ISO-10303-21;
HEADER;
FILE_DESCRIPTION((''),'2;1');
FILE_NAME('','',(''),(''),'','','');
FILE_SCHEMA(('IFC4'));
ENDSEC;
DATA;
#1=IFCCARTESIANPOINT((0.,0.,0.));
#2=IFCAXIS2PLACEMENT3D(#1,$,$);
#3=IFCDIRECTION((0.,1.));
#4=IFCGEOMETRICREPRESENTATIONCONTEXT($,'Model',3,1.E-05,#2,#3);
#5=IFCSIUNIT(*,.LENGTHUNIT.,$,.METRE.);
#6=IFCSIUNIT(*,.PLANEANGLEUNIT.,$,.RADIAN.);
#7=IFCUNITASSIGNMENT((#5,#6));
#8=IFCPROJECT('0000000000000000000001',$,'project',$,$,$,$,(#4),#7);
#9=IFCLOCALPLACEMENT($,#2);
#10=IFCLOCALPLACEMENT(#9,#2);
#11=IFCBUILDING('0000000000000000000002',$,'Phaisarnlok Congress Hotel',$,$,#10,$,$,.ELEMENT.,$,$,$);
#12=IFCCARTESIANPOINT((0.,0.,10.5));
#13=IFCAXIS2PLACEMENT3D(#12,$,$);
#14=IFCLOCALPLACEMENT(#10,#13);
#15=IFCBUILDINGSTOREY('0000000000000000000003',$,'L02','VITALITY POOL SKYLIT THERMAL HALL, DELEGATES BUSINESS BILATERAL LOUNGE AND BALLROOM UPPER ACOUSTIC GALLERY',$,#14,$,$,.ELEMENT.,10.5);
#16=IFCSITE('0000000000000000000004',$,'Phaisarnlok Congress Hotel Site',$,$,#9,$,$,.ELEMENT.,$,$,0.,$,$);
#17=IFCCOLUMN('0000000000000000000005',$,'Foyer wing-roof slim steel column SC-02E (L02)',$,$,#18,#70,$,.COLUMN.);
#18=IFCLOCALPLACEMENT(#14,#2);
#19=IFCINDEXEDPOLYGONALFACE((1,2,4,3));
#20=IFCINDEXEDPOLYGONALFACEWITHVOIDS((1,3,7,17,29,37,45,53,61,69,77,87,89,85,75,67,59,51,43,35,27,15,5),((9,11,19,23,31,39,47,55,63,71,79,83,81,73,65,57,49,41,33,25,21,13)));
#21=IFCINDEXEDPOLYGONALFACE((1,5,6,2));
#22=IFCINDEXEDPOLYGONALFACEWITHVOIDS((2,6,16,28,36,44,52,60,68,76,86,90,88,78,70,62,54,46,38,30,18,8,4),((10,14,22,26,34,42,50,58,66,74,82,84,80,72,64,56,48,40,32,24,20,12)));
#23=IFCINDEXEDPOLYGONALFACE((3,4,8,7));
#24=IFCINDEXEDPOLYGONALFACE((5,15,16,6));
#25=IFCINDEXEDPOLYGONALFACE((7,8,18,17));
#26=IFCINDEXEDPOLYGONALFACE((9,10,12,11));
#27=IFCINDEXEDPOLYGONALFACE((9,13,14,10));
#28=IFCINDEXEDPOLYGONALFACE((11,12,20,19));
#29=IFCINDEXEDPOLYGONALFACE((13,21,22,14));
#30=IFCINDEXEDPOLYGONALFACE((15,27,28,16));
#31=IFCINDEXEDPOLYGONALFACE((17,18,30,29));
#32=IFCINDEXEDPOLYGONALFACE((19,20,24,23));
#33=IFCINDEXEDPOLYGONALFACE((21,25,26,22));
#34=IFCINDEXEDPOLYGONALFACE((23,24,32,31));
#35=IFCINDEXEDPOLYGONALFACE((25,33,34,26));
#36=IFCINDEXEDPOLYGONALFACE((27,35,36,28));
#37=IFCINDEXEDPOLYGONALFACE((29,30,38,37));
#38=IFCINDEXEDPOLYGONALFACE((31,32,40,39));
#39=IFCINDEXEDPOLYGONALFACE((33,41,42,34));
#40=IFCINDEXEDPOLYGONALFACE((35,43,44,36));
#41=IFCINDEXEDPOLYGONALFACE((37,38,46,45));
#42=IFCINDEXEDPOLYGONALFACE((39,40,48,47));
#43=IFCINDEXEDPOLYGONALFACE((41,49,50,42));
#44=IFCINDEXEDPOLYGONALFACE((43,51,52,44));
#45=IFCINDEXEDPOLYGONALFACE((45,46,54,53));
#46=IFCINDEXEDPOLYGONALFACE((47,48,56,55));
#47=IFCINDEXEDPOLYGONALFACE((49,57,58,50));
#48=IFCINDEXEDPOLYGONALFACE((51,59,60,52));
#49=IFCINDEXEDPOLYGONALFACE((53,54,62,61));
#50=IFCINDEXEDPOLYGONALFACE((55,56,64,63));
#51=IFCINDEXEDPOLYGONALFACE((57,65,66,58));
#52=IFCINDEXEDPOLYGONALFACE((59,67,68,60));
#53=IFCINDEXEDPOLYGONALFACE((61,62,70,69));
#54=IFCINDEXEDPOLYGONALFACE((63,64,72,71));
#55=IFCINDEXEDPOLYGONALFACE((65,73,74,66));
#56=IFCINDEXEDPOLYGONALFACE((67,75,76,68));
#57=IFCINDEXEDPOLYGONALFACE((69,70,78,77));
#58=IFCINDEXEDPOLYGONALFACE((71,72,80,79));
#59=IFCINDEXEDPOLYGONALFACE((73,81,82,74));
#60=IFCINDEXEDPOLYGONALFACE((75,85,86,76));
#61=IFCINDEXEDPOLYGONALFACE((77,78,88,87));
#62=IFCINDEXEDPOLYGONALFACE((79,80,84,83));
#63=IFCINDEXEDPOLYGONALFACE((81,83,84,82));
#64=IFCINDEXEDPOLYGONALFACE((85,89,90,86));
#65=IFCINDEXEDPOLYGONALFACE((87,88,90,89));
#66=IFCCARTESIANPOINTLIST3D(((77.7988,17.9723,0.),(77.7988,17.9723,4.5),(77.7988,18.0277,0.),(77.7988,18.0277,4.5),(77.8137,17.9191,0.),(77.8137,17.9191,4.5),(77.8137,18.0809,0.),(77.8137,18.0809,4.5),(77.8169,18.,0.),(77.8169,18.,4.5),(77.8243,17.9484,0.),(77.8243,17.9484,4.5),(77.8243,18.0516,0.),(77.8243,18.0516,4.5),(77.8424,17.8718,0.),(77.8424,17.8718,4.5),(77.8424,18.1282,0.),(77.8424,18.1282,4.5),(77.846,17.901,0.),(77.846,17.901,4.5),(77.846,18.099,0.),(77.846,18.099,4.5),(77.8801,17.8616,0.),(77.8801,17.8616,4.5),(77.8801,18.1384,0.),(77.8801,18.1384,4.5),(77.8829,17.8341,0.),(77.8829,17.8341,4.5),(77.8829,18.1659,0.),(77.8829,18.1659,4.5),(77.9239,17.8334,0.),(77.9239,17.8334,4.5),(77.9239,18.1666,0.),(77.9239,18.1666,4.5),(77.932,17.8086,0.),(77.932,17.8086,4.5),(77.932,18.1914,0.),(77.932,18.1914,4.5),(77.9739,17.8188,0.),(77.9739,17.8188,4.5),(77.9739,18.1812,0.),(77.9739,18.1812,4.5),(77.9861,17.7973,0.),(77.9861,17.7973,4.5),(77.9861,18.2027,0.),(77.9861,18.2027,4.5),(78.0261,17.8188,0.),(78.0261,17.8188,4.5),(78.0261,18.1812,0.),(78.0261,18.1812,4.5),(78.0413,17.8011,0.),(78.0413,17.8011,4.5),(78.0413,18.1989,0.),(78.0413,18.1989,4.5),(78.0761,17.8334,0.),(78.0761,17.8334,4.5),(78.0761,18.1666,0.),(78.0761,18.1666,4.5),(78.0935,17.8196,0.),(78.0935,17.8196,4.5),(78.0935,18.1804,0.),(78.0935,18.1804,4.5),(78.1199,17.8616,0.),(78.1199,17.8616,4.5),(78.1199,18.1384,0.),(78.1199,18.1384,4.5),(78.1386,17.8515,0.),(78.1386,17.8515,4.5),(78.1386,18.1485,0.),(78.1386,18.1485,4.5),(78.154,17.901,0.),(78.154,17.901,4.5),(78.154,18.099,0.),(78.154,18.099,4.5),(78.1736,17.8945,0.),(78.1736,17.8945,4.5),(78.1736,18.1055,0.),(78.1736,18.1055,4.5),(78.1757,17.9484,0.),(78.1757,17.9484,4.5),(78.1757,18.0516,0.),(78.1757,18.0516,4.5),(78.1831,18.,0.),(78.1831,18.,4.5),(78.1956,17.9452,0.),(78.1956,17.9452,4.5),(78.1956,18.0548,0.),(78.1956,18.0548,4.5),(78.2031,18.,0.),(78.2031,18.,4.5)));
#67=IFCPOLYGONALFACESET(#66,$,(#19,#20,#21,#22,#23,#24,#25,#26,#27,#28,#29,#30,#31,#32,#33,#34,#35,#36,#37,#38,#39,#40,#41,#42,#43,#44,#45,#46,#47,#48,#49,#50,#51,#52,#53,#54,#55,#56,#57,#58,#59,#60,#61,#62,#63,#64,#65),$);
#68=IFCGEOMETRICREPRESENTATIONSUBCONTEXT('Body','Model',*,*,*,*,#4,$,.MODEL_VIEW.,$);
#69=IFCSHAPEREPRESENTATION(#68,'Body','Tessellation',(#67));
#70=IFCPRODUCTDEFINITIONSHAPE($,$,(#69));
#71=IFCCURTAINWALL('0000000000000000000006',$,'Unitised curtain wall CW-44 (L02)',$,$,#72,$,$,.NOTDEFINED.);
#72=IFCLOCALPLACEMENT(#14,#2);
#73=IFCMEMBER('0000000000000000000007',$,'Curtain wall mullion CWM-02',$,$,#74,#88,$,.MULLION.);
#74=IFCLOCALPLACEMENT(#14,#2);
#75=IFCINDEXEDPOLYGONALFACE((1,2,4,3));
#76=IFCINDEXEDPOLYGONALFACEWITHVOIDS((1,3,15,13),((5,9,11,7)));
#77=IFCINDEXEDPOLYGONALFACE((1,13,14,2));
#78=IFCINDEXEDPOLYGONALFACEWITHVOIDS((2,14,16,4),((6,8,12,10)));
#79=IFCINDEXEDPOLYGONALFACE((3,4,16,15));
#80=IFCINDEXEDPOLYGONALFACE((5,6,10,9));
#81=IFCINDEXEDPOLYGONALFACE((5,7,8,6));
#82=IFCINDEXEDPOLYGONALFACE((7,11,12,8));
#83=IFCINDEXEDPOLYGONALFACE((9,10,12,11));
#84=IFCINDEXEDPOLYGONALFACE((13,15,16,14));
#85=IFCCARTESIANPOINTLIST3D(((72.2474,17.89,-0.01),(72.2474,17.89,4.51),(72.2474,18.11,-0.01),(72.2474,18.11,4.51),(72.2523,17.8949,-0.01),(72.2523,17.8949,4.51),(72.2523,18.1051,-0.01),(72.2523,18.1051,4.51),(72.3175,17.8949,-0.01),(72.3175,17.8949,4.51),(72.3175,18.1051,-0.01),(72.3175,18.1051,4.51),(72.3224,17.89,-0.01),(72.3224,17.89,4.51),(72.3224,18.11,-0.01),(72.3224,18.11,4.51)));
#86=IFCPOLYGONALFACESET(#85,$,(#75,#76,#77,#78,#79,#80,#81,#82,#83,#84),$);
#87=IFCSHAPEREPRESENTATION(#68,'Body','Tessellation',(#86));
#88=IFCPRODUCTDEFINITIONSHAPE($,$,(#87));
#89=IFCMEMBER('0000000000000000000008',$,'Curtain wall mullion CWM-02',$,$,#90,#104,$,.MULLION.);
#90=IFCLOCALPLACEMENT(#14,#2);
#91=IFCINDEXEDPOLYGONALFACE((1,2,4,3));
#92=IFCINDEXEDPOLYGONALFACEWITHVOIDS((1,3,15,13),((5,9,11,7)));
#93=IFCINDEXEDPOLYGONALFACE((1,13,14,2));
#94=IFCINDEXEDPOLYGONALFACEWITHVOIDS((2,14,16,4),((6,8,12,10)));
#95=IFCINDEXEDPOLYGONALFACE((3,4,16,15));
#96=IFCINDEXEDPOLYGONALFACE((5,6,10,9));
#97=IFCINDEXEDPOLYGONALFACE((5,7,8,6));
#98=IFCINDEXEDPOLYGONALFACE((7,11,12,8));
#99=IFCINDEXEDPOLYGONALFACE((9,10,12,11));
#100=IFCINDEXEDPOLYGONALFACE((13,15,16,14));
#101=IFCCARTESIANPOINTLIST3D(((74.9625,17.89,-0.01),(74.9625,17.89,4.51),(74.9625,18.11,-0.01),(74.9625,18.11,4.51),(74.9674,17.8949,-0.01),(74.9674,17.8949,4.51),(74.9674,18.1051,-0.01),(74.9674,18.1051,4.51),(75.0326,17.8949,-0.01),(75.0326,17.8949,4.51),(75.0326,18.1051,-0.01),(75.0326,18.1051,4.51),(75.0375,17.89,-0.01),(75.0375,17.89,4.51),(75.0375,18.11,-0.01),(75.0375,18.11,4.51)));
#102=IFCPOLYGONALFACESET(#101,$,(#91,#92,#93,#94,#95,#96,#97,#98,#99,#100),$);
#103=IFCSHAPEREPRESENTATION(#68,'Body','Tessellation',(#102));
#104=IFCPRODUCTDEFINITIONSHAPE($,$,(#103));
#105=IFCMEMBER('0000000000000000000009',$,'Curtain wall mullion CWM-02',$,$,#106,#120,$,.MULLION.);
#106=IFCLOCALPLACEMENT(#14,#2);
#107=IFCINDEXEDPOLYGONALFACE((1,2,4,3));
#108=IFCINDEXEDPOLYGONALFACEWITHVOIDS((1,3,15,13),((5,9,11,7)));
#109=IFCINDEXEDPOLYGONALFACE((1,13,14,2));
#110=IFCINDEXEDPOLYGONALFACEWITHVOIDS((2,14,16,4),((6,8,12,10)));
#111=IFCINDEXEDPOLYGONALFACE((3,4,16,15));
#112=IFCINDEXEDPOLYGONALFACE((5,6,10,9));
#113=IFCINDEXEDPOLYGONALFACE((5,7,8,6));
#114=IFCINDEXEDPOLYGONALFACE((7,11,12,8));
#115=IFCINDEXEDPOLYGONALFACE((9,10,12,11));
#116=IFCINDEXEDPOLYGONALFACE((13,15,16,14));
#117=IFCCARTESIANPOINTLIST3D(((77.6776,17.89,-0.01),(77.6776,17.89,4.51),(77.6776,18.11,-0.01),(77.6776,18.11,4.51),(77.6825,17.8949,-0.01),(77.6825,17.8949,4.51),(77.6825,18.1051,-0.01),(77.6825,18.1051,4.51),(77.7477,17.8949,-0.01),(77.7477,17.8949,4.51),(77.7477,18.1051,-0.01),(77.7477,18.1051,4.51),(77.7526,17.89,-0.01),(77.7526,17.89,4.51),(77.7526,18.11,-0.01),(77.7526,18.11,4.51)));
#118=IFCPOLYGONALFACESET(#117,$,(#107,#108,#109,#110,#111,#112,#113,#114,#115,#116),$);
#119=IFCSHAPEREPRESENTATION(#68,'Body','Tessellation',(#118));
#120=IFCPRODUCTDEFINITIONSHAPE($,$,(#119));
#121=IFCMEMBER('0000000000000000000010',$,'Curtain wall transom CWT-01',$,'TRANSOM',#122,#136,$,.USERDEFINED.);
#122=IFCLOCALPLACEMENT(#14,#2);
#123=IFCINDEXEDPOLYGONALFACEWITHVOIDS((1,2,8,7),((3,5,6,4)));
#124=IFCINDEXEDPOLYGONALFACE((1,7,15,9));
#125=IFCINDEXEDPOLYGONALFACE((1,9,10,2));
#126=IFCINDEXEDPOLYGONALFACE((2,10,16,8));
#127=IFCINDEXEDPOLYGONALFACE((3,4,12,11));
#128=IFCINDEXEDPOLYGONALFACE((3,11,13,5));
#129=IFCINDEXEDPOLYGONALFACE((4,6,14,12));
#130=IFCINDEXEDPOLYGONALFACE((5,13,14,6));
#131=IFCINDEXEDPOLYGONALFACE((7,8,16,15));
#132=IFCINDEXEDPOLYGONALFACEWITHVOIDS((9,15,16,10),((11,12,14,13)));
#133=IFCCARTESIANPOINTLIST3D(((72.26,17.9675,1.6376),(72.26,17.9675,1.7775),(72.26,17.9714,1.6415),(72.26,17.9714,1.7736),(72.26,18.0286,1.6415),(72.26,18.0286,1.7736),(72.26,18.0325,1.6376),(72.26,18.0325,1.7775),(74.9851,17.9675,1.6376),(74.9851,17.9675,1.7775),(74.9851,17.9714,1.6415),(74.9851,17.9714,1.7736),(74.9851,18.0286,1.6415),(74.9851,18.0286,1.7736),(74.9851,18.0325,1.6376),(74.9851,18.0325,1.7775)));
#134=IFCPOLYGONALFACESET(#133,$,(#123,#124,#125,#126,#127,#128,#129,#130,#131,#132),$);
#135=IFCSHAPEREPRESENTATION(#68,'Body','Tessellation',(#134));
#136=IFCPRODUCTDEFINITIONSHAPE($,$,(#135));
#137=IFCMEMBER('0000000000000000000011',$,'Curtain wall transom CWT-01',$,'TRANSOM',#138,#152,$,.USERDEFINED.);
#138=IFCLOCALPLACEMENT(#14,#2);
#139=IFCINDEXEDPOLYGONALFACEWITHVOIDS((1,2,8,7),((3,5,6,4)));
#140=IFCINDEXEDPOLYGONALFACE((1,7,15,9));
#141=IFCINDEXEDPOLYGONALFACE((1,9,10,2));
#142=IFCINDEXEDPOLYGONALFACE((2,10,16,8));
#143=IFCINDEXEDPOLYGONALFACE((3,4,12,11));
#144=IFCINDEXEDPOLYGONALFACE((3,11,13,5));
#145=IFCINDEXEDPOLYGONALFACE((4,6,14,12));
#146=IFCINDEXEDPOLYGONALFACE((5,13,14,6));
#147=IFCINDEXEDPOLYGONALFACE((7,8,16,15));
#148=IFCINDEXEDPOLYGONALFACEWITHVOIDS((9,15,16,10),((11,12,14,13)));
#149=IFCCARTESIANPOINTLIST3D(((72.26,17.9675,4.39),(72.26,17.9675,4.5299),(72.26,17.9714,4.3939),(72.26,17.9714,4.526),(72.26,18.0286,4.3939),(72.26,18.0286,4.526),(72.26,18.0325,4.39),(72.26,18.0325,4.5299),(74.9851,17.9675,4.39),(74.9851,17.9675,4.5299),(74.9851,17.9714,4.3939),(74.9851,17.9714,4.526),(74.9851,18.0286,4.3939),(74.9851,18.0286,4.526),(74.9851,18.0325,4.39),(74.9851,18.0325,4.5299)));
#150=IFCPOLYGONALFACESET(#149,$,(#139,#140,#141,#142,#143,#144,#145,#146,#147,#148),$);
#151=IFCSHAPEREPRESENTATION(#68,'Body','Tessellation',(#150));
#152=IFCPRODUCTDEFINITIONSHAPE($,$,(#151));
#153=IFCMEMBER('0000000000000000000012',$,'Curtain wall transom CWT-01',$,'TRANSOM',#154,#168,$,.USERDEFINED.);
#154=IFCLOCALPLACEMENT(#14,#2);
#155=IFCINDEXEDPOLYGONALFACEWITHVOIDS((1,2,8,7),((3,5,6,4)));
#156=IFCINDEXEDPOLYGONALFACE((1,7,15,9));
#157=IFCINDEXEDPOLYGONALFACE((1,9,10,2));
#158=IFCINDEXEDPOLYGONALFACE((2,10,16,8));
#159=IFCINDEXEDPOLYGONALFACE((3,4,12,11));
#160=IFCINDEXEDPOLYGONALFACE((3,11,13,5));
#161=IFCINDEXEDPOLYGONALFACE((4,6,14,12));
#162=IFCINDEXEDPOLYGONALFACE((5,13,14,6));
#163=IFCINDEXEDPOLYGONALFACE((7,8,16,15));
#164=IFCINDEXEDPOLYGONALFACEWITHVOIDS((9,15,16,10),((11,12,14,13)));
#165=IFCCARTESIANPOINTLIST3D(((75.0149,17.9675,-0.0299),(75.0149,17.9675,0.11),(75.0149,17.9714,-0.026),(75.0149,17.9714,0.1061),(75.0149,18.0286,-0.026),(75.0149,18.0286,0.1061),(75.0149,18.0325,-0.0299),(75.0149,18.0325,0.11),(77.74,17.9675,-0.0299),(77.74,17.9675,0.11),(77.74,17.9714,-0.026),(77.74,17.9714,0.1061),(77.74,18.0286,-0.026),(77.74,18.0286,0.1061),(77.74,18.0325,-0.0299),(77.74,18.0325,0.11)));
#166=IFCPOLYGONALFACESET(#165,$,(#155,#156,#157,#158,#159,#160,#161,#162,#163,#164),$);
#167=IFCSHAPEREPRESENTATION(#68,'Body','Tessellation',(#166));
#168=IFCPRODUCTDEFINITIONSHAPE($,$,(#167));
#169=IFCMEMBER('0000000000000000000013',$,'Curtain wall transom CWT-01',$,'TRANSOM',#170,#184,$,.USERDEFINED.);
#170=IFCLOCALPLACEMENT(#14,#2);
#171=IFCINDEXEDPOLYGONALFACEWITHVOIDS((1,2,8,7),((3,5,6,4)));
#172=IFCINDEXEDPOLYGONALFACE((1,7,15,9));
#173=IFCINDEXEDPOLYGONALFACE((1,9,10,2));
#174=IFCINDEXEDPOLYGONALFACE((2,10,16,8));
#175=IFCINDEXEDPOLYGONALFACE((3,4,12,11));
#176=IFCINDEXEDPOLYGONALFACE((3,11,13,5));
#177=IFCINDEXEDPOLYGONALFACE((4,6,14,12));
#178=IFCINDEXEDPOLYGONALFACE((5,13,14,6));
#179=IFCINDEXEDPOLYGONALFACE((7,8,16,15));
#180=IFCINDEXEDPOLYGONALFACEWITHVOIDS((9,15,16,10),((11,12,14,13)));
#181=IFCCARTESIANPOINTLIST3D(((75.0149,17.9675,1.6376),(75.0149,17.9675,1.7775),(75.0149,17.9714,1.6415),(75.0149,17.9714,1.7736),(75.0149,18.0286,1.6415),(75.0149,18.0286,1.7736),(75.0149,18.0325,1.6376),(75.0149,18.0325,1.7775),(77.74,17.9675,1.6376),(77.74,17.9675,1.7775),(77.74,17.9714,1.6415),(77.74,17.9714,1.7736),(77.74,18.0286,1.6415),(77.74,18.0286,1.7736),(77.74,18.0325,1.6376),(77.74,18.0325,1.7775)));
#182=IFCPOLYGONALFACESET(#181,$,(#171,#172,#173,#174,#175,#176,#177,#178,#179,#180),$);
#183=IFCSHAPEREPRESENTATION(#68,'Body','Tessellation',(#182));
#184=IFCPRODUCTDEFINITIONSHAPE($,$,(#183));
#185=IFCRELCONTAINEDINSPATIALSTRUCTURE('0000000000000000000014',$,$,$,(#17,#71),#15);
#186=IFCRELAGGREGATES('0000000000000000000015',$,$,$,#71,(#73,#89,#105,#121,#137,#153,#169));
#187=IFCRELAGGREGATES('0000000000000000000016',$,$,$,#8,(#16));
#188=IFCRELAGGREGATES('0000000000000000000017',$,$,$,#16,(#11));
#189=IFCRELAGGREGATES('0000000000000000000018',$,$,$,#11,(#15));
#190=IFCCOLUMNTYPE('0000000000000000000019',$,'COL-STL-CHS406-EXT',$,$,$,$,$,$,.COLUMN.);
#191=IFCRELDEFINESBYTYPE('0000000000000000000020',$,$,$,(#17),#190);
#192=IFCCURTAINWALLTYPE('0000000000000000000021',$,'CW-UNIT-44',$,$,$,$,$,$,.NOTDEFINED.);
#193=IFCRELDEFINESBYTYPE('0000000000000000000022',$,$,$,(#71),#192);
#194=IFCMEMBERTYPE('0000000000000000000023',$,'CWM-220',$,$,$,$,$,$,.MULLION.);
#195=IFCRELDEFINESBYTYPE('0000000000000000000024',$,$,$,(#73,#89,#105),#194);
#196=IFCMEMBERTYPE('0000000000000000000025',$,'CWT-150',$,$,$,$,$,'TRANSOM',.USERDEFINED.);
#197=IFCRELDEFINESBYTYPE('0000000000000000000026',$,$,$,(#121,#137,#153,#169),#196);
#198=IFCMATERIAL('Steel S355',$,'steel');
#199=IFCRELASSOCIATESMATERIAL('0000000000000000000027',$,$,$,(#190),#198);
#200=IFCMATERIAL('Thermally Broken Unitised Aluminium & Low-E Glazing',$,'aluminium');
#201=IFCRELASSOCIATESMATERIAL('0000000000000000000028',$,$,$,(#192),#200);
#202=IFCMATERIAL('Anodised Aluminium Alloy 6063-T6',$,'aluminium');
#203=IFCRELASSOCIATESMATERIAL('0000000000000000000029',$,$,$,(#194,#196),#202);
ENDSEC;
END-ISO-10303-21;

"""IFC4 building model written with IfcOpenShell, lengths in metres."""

from ifc_helpers import new_model, si_unit, direction, frame, origin, origin_2d, place, context, subcontext, project, spatial, hollow_rectangle, hollow_circle, extrude, material, material_profile, profile_set, type_object, element, aggregate, save


model = new_model("IFC4")

# Units and contexts
model_context = context("Model", 3, precision=1e-05, world=origin(), true_north=direction((0.0, 1.0)))
body_context = subcontext(model_context, "Body", "Model", "MODEL_VIEW")
ifc_project = project(units=[si_unit("LENGTHUNIT", "METRE"), si_unit("PLANEANGLEUNIT", "RADIAN")], contexts=[model_context])

# Site, building, storey
site_placement = place(None, origin())
site = spatial("IfcSite", under=ifc_project, at=site_placement, Name="Phaisarnlok Congress Hotel Site", CompositionType="ELEMENT", RefElevation=0.0)
building_placement = place(site_placement, origin())
building = spatial("IfcBuilding", under=site, at=building_placement, Name="Phaisarnlok Congress Hotel", CompositionType="ELEMENT")
storey_placement = place(building_placement, frame((0.0, 0.0, 10.5)))
storey = spatial("IfcBuildingStorey", under=building, at=storey_placement, Name="L02", Description="VITALITY POOL SKYLIT THERMAL HALL, DELEGATES BUSINESS BILATERAL LOUNGE AND BALLROOM UPPER ACOUSTIC GALLERY", CompositionType="ELEMENT", Elevation=10.5)

# Column
ifc_material_1 = material(Name="Steel S355", Category="steel")
ifc_material_profile_1 = material_profile(ifc_material_1, hollow_circle(Radius=0.2031, WallThickness=0.02, at=origin_2d()), Name="CHS 406.4x20")
ifc_profile_set_1 = profile_set([ifc_material_profile_1], Name="Steel S355")
column_type = type_object("IfcColumnType", Name="COL-STL-CHS406-EXT", PredefinedType="COLUMN", material=ifc_profile_set_1)
column_placement = place(storey_placement, frame((78.0, 18.0, 0.0), z_axis=(0.0, 0.0, 1.0), x_axis=(1.0, 0.0, 0.0)))
element("IfcColumn", 1, at=column_placement, inside=storey, type_object=column_type, Name="Foyer wing-roof slim steel column SC-02E (L02)", PredefinedType="COLUMN", context=body_context, shape_type="SweptSolid", body=[
    extrude(hollow_circle(Radius=0.2031, WallThickness=0.02, at=origin_2d()), origin(), (0.0, 0.0, 1.0), 4.5),
])

# Curtain wall, members
ifc_material_2 = material(Name="Thermally Broken Unitised Aluminium & Low-E Glazing", Category="aluminium")
curtain_wall_type = type_object("IfcCurtainWallType", Name="CW-UNIT-44", PredefinedType="NOTDEFINED", material=ifc_material_2)
curtain_wall_1_placement = place(storey_placement, origin())
curtain_wall_1 = element("IfcCurtainWall", 2, at=curtain_wall_1_placement, inside=storey, type_object=curtain_wall_type, Name="Unitised curtain wall CW-44 (L02)", PredefinedType="NOTDEFINED")
ifc_material_3 = material(Name="Anodised Aluminium Alloy 6063-T6", Category="aluminium")
ifc_material_profile_2 = material_profile(ifc_material_3, hollow_rectangle(XDim=0.075, YDim=0.22, WallThickness=0.0049, at=origin_2d()), Name="ALU-M 75x220x5")
ifc_profile_set_2 = profile_set([ifc_material_profile_2], Name="Anodised Aluminium Alloy 6063-T6")
member_type_1 = type_object("IfcMemberType", Name="CWM-220", PredefinedType="MULLION", material=ifc_profile_set_2)
member_1_placement = place(storey_placement, frame((72.2849, 18.0, -0.01), z_axis=(0.0, 0.0, 1.0), x_axis=(1.0, 0.0, 0.0)))
member_1 = element("IfcMember", 3, at=member_1_placement, type_object=member_type_1, Name="Curtain wall mullion CWM-02", PredefinedType="MULLION", context=body_context, shape_type="SweptSolid", body=[
    extrude(hollow_rectangle(XDim=0.075, YDim=0.22, WallThickness=0.0049, at=origin_2d()), origin(), (0.0, 0.0, 1.0), 4.52),
])
member_2_placement = place(storey_placement, frame((75.0, 18.0, -0.01), z_axis=(0.0, 0.0, 1.0), x_axis=(1.0, 0.0, 0.0)))
member_2 = element("IfcMember", 4, at=member_2_placement, type_object=member_type_1, Name="Curtain wall mullion CWM-02", PredefinedType="MULLION", context=body_context, shape_type="SweptSolid", body=[
    extrude(hollow_rectangle(XDim=0.075, YDim=0.22, WallThickness=0.0049, at=origin_2d()), origin(), (0.0, 0.0, 1.0), 4.52),
])
member_3_placement = place(storey_placement, frame((77.7151, 18.0, -0.01), z_axis=(0.0, 0.0, 1.0), x_axis=(1.0, 0.0, 0.0)))
member_3 = element("IfcMember", 5, at=member_3_placement, type_object=member_type_1, Name="Curtain wall mullion CWM-02", PredefinedType="MULLION", context=body_context, shape_type="SweptSolid", body=[
    extrude(hollow_rectangle(XDim=0.075, YDim=0.22, WallThickness=0.0049, at=origin_2d()), origin(), (0.0, 0.0, 1.0), 4.52),
])
ifc_material_profile_3 = material_profile(ifc_material_3, hollow_rectangle(XDim=0.0649, YDim=0.1399, WallThickness=0.0039, at=origin_2d()), Name="ALU-T 65x140x4")
ifc_profile_set_3 = profile_set([ifc_material_profile_3], Name="Anodised Aluminium Alloy 6063-T6")
member_type_2 = type_object("IfcMemberType", Name="CWT-150", ElementType="TRANSOM", PredefinedType="USERDEFINED", material=ifc_profile_set_3)
member_4_placement = place(storey_placement, frame((72.26, 18.0, 1.7075), z_axis=(1.0, 0.0, 0.0), x_axis=(0.0, 1.0, 0.0)))
member_4 = element("IfcMember", 6, at=member_4_placement, type_object=member_type_2, Name="Curtain wall transom CWT-01", ObjectType="TRANSOM", PredefinedType="USERDEFINED", context=body_context, shape_type="SweptSolid", body=[
    extrude(hollow_rectangle(XDim=0.0649, YDim=0.1399, WallThickness=0.0039, at=origin_2d()), origin(), (0.0, 0.0, 1.0), 2.7251),
])
member_5_placement = place(storey_placement, frame((72.26, 18.0, 4.46), z_axis=(1.0, 0.0, 0.0), x_axis=(0.0, 1.0, 0.0)))
member_5 = element("IfcMember", 7, at=member_5_placement, type_object=member_type_2, Name="Curtain wall transom CWT-01", ObjectType="TRANSOM", PredefinedType="USERDEFINED", context=body_context, shape_type="SweptSolid", body=[
    extrude(hollow_rectangle(XDim=0.0649, YDim=0.1399, WallThickness=0.0039, at=origin_2d()), origin(), (0.0, 0.0, 1.0), 2.7251),
])
member_6_placement = place(storey_placement, frame((75.0149, 18.0, 0.04), z_axis=(1.0, 0.0, 0.0), x_axis=(0.0, 1.0, 0.0)))
member_6 = element("IfcMember", 8, at=member_6_placement, type_object=member_type_2, Name="Curtain wall transom CWT-01", ObjectType="TRANSOM", PredefinedType="USERDEFINED", context=body_context, shape_type="SweptSolid", body=[
    extrude(hollow_rectangle(XDim=0.0649, YDim=0.1399, WallThickness=0.0039, at=origin_2d()), origin(), (0.0, 0.0, 1.0), 2.7251),
])
member_7_placement = place(storey_placement, frame((75.0149, 18.0, 1.7075), z_axis=(1.0, 0.0, 0.0), x_axis=(0.0, 1.0, 0.0)))
member_7 = element("IfcMember", 9, at=member_7_placement, type_object=member_type_2, Name="Curtain wall transom CWT-01", ObjectType="TRANSOM", PredefinedType="USERDEFINED", context=body_context, shape_type="SweptSolid", body=[
    extrude(hollow_rectangle(XDim=0.0649, YDim=0.1399, WallThickness=0.0039, at=origin_2d()), origin(), (0.0, 0.0, 1.0), 2.7251),
])

aggregate(curtain_wall_1, [member_1, member_2, member_3, member_4, member_5, member_6, member_7])

save(model, "model.ifc")
